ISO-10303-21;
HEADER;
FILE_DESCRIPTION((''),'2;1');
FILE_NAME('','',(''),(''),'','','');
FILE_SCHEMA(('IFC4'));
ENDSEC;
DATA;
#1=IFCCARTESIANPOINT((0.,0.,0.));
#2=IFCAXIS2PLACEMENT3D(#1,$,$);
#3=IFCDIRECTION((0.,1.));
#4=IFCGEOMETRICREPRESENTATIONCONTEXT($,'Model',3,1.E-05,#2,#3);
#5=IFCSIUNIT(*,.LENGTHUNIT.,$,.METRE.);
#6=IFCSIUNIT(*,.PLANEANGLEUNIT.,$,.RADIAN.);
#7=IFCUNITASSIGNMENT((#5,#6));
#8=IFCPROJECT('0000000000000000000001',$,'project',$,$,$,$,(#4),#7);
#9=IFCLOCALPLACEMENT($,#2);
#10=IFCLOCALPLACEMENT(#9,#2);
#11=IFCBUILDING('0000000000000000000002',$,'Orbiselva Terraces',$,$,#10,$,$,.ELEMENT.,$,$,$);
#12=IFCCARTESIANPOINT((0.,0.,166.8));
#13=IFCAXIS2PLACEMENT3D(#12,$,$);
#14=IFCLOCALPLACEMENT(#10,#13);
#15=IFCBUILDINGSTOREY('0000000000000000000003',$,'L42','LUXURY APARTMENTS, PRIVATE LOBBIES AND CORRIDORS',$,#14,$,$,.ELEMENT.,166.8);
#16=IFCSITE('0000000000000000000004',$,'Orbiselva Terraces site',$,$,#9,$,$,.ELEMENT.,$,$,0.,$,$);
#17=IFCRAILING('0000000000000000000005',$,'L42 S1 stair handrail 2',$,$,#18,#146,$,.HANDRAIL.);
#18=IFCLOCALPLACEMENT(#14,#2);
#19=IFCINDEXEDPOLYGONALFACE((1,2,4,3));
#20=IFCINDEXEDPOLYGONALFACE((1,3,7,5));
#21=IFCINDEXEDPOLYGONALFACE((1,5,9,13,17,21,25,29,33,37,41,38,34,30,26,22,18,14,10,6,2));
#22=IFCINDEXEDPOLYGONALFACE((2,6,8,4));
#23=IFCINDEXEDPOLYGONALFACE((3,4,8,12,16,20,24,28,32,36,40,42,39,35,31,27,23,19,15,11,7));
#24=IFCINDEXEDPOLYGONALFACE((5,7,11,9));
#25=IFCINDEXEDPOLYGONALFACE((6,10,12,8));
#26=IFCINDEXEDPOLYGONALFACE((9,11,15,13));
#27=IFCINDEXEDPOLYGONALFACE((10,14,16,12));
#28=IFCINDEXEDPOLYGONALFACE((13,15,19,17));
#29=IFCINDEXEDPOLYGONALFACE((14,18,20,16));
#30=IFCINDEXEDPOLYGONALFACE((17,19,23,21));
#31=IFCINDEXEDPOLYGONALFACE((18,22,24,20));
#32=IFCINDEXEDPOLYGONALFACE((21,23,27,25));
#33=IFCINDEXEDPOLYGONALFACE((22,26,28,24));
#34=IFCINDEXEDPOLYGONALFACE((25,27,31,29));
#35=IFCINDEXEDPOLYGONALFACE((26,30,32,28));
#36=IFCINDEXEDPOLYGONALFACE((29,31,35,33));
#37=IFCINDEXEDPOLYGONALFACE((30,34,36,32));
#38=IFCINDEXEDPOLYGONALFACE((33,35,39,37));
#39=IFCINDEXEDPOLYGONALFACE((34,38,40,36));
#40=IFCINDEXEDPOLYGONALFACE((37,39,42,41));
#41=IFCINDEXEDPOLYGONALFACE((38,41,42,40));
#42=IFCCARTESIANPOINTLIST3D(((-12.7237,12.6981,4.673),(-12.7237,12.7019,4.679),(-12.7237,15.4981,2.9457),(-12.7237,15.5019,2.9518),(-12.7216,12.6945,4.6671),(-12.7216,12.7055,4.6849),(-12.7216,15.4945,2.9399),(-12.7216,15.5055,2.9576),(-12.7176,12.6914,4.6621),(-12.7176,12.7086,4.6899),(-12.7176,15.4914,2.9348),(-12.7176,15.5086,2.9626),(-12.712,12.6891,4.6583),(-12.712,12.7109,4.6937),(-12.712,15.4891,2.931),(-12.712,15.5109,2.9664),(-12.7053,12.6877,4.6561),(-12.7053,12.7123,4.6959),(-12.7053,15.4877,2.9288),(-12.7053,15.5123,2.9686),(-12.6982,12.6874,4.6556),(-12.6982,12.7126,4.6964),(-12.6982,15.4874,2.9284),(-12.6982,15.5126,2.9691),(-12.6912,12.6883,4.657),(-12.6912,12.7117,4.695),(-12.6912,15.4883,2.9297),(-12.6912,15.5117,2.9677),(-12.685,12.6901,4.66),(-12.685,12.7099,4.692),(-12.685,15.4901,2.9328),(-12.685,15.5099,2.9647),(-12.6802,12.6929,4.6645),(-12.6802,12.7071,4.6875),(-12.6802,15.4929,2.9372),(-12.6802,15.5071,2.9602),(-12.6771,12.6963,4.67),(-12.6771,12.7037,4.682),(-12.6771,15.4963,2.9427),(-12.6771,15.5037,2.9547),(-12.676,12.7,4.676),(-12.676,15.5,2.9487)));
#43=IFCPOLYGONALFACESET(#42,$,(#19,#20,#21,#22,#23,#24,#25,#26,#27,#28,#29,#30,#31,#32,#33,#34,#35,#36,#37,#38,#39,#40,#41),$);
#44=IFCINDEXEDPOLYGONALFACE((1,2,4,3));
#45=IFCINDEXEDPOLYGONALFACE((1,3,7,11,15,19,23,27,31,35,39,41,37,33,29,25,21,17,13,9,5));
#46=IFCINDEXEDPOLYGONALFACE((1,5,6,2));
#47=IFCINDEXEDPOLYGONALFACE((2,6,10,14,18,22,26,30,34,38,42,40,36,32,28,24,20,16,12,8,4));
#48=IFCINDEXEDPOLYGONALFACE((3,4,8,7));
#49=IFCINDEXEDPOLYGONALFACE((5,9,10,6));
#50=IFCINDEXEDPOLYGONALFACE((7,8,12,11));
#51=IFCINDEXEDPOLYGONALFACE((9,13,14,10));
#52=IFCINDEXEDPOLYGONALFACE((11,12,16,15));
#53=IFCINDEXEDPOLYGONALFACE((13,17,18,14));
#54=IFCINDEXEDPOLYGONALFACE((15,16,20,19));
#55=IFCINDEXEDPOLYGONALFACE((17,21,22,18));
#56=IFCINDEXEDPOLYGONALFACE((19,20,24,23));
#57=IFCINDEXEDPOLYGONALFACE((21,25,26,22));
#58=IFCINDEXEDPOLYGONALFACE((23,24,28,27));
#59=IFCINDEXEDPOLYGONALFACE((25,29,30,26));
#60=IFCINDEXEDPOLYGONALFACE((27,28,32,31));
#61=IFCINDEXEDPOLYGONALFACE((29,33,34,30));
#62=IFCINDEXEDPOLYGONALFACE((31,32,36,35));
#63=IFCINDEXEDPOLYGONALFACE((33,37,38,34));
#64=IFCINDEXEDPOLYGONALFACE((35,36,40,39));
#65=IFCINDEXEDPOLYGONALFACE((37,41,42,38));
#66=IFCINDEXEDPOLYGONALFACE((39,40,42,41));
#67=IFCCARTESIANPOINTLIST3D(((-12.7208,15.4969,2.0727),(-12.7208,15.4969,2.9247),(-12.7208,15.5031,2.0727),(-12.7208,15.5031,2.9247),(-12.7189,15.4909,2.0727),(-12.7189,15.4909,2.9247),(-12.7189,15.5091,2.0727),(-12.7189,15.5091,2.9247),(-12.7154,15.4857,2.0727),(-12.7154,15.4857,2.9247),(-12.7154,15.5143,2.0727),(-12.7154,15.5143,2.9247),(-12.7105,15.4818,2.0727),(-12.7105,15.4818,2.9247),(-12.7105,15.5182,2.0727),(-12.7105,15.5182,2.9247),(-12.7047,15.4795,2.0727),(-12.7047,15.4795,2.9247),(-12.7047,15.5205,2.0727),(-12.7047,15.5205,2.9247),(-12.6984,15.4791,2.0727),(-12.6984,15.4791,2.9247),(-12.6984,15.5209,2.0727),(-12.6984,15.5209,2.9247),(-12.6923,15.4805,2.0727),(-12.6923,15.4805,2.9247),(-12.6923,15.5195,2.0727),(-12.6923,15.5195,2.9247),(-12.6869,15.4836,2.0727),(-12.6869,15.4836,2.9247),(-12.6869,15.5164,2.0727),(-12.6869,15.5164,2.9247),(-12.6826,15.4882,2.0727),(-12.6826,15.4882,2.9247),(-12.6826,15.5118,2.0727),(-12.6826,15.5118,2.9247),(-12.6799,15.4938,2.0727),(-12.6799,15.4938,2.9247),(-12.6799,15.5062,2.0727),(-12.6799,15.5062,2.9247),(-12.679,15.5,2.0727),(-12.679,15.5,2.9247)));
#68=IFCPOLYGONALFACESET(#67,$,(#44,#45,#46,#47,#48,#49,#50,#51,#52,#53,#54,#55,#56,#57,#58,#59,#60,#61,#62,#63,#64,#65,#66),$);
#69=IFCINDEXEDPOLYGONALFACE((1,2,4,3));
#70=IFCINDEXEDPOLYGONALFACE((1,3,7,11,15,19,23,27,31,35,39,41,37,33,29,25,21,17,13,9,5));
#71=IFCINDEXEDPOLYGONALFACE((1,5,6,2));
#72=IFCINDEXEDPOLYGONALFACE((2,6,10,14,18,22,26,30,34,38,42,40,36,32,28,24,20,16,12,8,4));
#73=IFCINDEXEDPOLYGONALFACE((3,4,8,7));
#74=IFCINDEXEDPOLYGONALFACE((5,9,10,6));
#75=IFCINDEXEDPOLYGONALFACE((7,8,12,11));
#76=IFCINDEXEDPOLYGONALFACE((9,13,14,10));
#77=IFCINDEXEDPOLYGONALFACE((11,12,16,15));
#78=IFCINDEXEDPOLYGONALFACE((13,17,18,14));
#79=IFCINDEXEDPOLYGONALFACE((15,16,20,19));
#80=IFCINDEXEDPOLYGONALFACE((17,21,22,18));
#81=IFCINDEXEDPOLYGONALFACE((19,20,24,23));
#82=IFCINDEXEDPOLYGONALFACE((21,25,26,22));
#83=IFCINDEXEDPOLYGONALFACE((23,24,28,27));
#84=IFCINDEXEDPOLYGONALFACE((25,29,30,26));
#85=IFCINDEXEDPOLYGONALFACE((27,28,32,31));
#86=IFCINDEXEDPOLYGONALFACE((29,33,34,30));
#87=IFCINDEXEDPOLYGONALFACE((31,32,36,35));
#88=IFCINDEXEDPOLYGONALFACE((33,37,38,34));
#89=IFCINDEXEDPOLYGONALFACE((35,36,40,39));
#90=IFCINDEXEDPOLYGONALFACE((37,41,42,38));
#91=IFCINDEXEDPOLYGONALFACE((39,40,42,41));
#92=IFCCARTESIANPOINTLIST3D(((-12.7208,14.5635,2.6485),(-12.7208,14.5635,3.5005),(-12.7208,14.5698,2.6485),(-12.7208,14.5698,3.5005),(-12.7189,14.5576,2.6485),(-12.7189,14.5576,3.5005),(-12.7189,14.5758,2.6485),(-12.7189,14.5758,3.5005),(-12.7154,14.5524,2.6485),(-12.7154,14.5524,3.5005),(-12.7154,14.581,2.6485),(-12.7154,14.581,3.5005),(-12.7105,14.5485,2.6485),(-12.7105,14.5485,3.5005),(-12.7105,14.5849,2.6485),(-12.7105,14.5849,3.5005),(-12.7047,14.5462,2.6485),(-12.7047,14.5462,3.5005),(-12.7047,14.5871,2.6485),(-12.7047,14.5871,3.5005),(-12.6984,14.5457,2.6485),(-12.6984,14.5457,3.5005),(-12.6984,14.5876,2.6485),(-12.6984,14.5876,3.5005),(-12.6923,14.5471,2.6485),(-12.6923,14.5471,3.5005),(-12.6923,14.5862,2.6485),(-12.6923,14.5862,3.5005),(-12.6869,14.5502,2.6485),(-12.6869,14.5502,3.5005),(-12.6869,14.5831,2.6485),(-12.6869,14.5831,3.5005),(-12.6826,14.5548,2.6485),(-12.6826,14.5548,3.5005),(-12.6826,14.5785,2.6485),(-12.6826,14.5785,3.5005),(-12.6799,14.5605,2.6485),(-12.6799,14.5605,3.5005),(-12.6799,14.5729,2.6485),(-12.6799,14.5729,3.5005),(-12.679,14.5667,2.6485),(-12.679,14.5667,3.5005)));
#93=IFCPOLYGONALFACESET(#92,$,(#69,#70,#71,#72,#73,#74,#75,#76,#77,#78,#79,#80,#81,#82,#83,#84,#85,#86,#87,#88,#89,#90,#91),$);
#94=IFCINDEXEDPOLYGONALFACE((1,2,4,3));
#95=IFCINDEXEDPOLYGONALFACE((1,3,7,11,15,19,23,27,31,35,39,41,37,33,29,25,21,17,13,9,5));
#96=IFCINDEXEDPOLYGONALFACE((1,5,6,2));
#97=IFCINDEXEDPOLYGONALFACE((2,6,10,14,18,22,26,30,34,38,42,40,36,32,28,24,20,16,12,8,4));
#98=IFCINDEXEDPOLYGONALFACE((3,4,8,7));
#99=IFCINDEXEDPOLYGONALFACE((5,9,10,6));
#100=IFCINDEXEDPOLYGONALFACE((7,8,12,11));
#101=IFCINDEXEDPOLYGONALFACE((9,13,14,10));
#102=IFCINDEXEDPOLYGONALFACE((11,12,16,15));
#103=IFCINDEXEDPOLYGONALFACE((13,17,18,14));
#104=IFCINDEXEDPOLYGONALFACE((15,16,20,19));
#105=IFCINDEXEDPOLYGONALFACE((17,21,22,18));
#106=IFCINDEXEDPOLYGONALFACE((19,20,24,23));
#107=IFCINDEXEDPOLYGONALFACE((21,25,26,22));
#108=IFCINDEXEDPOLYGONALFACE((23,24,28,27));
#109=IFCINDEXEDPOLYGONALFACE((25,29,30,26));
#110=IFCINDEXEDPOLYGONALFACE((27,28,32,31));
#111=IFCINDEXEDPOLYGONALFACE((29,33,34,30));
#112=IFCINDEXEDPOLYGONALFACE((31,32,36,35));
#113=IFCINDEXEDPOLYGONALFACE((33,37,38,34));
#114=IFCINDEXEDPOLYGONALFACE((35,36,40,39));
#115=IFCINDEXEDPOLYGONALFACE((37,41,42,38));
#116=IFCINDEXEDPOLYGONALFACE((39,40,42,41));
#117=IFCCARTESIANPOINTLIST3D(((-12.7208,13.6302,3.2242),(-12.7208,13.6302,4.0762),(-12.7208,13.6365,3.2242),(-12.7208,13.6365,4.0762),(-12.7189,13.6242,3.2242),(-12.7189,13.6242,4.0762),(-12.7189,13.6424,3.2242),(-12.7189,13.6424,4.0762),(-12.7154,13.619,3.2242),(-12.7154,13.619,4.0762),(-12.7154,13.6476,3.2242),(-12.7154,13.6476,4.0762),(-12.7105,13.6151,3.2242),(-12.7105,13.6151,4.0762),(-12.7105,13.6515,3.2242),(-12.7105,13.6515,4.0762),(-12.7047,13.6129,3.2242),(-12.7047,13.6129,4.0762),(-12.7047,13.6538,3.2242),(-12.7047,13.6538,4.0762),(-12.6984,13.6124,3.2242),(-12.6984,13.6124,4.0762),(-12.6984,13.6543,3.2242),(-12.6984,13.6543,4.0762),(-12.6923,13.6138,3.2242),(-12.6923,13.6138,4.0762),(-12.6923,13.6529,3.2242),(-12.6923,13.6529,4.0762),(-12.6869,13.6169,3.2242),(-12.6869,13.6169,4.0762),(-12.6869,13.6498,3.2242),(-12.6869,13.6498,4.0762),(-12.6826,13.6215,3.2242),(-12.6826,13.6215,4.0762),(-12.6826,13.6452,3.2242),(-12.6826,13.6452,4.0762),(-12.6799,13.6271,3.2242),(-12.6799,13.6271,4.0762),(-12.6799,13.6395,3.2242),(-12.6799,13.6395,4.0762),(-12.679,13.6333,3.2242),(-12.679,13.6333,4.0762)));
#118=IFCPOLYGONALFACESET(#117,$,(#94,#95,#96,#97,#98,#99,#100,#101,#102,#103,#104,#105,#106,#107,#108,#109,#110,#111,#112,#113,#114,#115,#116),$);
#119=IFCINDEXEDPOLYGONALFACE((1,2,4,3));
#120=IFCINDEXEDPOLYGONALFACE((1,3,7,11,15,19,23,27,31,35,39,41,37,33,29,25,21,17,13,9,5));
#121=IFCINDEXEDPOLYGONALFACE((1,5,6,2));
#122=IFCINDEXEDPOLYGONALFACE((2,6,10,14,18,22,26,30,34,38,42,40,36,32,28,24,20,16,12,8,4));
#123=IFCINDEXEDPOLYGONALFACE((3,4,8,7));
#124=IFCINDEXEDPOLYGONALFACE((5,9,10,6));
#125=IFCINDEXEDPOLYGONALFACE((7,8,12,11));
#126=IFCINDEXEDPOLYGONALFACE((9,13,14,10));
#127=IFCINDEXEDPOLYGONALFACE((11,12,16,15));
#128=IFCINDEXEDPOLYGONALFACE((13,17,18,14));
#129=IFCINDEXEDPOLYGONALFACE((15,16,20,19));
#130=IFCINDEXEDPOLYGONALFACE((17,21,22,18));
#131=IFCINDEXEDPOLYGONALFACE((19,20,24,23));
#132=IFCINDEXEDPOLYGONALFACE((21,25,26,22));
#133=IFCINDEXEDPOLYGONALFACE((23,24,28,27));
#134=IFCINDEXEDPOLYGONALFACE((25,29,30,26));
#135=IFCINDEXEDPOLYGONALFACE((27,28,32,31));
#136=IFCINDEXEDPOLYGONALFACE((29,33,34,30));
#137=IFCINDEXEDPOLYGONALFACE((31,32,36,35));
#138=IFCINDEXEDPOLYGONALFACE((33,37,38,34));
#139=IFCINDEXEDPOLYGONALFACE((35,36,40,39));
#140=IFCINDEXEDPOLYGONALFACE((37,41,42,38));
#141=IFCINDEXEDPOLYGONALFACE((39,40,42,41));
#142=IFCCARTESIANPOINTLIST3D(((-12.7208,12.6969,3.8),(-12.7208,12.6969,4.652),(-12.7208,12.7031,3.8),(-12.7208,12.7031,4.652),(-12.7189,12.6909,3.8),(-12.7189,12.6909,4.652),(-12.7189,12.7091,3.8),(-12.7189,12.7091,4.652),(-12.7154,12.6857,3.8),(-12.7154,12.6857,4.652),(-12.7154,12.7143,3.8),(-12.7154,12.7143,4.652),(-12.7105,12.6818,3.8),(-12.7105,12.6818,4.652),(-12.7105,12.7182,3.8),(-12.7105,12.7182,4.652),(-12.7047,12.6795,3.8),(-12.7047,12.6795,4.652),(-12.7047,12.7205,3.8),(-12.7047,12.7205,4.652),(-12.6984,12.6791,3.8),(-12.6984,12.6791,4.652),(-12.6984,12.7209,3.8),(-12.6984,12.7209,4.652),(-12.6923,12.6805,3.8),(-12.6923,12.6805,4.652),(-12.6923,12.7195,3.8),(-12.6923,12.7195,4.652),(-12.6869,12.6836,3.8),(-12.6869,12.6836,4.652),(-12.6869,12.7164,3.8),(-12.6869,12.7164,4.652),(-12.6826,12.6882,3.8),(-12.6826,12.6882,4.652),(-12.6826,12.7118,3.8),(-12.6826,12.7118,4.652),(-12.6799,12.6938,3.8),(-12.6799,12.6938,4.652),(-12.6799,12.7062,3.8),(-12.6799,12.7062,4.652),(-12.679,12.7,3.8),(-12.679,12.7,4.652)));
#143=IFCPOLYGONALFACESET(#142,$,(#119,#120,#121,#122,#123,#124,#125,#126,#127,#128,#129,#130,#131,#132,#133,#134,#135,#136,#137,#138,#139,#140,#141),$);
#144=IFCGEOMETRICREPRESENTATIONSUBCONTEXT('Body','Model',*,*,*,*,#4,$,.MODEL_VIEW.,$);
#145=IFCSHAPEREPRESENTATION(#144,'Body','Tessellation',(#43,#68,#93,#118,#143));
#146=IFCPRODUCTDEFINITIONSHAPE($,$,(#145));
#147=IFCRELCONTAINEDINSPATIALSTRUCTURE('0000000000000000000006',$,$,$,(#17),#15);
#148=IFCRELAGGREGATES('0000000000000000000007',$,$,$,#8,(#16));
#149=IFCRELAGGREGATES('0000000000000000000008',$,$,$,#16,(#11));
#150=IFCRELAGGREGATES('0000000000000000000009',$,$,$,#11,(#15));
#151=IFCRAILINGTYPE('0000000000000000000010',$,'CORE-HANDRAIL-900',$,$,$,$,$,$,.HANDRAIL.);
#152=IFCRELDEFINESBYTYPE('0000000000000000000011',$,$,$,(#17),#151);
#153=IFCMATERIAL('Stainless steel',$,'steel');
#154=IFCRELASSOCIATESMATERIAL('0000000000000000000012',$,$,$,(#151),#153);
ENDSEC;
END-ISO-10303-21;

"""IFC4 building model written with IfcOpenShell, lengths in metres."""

from ifc_helpers import new_model, si_unit, direction, frame, origin, origin_2d, place, context, subcontext, project, spatial, circle, extrude, material, type_object, element, save


model = new_model("IFC4")

# Units and contexts
model_context = context("Model", 3, precision=1e-05, world=origin(), true_north=direction((0.0, 1.0)))
body_context = subcontext(model_context, "Body", "Model", "MODEL_VIEW")
ifc_project = project(units=[si_unit("LENGTHUNIT", "METRE"), si_unit("PLANEANGLEUNIT", "RADIAN")], contexts=[model_context])

# Site, building, storey
site_placement = place(None, origin())
site = spatial("IfcSite", under=ifc_project, at=site_placement, Name="Orbiselva Terraces site", CompositionType="ELEMENT", RefElevation=0.0)
building_placement = place(site_placement, origin())
building = spatial("IfcBuilding", under=site, at=building_placement, Name="Orbiselva Terraces", CompositionType="ELEMENT")
storey_placement = place(building_placement, frame((0.0, 0.0, 166.8)))
storey = spatial("IfcBuildingStorey", under=building, at=storey_placement, Name="L42", Description="LUXURY APARTMENTS, PRIVATE LOBBIES AND CORRIDORS", CompositionType="ELEMENT", Elevation=166.8)

# Railing
ifc_material_1 = material(Name="Stainless steel", Category="steel")
railing_type_1 = type_object("IfcRailingType", Name="CORE-HANDRAIL-900", PredefinedType="HANDRAIL", material=ifc_material_1)
railing_1_placement = place(storey_placement, frame((-12.7, 15.5, 2.0727)))
element("IfcRailing", 1, at=railing_1_placement, inside=storey, type_object=railing_type_1, Name="L42 S1 stair handrail 2", PredefinedType="HANDRAIL", context=body_context, shape_type="SweptSolid", body=[
    extrude(circle(Radius=0.024, at=origin_2d()), frame((0.0, 0.0, 0.876), z_axis=(0.0, -0.851089, 0.525022), x_axis=(1.0, 0.0, 0.0)), (0.0, 0.0, 1.0), 3.2899),
    extrude(circle(Radius=0.021, at=origin_2d()), origin(), (0.0, 0.0, 1.0), 0.852),
    extrude(circle(Radius=0.021, at=origin_2d()), frame((0.0, -0.9333, 0.5758)), (0.0, 0.0, 1.0), 0.852),
    extrude(circle(Radius=0.021, at=origin_2d()), frame((0.0, -1.8667, 1.1515)), (0.0, 0.0, 1.0), 0.852),
    extrude(circle(Radius=0.021, at=origin_2d()), frame((0.0, -2.8, 1.7273)), (0.0, 0.0, 1.0), 0.852),
])

save(model, "model.ifc")
